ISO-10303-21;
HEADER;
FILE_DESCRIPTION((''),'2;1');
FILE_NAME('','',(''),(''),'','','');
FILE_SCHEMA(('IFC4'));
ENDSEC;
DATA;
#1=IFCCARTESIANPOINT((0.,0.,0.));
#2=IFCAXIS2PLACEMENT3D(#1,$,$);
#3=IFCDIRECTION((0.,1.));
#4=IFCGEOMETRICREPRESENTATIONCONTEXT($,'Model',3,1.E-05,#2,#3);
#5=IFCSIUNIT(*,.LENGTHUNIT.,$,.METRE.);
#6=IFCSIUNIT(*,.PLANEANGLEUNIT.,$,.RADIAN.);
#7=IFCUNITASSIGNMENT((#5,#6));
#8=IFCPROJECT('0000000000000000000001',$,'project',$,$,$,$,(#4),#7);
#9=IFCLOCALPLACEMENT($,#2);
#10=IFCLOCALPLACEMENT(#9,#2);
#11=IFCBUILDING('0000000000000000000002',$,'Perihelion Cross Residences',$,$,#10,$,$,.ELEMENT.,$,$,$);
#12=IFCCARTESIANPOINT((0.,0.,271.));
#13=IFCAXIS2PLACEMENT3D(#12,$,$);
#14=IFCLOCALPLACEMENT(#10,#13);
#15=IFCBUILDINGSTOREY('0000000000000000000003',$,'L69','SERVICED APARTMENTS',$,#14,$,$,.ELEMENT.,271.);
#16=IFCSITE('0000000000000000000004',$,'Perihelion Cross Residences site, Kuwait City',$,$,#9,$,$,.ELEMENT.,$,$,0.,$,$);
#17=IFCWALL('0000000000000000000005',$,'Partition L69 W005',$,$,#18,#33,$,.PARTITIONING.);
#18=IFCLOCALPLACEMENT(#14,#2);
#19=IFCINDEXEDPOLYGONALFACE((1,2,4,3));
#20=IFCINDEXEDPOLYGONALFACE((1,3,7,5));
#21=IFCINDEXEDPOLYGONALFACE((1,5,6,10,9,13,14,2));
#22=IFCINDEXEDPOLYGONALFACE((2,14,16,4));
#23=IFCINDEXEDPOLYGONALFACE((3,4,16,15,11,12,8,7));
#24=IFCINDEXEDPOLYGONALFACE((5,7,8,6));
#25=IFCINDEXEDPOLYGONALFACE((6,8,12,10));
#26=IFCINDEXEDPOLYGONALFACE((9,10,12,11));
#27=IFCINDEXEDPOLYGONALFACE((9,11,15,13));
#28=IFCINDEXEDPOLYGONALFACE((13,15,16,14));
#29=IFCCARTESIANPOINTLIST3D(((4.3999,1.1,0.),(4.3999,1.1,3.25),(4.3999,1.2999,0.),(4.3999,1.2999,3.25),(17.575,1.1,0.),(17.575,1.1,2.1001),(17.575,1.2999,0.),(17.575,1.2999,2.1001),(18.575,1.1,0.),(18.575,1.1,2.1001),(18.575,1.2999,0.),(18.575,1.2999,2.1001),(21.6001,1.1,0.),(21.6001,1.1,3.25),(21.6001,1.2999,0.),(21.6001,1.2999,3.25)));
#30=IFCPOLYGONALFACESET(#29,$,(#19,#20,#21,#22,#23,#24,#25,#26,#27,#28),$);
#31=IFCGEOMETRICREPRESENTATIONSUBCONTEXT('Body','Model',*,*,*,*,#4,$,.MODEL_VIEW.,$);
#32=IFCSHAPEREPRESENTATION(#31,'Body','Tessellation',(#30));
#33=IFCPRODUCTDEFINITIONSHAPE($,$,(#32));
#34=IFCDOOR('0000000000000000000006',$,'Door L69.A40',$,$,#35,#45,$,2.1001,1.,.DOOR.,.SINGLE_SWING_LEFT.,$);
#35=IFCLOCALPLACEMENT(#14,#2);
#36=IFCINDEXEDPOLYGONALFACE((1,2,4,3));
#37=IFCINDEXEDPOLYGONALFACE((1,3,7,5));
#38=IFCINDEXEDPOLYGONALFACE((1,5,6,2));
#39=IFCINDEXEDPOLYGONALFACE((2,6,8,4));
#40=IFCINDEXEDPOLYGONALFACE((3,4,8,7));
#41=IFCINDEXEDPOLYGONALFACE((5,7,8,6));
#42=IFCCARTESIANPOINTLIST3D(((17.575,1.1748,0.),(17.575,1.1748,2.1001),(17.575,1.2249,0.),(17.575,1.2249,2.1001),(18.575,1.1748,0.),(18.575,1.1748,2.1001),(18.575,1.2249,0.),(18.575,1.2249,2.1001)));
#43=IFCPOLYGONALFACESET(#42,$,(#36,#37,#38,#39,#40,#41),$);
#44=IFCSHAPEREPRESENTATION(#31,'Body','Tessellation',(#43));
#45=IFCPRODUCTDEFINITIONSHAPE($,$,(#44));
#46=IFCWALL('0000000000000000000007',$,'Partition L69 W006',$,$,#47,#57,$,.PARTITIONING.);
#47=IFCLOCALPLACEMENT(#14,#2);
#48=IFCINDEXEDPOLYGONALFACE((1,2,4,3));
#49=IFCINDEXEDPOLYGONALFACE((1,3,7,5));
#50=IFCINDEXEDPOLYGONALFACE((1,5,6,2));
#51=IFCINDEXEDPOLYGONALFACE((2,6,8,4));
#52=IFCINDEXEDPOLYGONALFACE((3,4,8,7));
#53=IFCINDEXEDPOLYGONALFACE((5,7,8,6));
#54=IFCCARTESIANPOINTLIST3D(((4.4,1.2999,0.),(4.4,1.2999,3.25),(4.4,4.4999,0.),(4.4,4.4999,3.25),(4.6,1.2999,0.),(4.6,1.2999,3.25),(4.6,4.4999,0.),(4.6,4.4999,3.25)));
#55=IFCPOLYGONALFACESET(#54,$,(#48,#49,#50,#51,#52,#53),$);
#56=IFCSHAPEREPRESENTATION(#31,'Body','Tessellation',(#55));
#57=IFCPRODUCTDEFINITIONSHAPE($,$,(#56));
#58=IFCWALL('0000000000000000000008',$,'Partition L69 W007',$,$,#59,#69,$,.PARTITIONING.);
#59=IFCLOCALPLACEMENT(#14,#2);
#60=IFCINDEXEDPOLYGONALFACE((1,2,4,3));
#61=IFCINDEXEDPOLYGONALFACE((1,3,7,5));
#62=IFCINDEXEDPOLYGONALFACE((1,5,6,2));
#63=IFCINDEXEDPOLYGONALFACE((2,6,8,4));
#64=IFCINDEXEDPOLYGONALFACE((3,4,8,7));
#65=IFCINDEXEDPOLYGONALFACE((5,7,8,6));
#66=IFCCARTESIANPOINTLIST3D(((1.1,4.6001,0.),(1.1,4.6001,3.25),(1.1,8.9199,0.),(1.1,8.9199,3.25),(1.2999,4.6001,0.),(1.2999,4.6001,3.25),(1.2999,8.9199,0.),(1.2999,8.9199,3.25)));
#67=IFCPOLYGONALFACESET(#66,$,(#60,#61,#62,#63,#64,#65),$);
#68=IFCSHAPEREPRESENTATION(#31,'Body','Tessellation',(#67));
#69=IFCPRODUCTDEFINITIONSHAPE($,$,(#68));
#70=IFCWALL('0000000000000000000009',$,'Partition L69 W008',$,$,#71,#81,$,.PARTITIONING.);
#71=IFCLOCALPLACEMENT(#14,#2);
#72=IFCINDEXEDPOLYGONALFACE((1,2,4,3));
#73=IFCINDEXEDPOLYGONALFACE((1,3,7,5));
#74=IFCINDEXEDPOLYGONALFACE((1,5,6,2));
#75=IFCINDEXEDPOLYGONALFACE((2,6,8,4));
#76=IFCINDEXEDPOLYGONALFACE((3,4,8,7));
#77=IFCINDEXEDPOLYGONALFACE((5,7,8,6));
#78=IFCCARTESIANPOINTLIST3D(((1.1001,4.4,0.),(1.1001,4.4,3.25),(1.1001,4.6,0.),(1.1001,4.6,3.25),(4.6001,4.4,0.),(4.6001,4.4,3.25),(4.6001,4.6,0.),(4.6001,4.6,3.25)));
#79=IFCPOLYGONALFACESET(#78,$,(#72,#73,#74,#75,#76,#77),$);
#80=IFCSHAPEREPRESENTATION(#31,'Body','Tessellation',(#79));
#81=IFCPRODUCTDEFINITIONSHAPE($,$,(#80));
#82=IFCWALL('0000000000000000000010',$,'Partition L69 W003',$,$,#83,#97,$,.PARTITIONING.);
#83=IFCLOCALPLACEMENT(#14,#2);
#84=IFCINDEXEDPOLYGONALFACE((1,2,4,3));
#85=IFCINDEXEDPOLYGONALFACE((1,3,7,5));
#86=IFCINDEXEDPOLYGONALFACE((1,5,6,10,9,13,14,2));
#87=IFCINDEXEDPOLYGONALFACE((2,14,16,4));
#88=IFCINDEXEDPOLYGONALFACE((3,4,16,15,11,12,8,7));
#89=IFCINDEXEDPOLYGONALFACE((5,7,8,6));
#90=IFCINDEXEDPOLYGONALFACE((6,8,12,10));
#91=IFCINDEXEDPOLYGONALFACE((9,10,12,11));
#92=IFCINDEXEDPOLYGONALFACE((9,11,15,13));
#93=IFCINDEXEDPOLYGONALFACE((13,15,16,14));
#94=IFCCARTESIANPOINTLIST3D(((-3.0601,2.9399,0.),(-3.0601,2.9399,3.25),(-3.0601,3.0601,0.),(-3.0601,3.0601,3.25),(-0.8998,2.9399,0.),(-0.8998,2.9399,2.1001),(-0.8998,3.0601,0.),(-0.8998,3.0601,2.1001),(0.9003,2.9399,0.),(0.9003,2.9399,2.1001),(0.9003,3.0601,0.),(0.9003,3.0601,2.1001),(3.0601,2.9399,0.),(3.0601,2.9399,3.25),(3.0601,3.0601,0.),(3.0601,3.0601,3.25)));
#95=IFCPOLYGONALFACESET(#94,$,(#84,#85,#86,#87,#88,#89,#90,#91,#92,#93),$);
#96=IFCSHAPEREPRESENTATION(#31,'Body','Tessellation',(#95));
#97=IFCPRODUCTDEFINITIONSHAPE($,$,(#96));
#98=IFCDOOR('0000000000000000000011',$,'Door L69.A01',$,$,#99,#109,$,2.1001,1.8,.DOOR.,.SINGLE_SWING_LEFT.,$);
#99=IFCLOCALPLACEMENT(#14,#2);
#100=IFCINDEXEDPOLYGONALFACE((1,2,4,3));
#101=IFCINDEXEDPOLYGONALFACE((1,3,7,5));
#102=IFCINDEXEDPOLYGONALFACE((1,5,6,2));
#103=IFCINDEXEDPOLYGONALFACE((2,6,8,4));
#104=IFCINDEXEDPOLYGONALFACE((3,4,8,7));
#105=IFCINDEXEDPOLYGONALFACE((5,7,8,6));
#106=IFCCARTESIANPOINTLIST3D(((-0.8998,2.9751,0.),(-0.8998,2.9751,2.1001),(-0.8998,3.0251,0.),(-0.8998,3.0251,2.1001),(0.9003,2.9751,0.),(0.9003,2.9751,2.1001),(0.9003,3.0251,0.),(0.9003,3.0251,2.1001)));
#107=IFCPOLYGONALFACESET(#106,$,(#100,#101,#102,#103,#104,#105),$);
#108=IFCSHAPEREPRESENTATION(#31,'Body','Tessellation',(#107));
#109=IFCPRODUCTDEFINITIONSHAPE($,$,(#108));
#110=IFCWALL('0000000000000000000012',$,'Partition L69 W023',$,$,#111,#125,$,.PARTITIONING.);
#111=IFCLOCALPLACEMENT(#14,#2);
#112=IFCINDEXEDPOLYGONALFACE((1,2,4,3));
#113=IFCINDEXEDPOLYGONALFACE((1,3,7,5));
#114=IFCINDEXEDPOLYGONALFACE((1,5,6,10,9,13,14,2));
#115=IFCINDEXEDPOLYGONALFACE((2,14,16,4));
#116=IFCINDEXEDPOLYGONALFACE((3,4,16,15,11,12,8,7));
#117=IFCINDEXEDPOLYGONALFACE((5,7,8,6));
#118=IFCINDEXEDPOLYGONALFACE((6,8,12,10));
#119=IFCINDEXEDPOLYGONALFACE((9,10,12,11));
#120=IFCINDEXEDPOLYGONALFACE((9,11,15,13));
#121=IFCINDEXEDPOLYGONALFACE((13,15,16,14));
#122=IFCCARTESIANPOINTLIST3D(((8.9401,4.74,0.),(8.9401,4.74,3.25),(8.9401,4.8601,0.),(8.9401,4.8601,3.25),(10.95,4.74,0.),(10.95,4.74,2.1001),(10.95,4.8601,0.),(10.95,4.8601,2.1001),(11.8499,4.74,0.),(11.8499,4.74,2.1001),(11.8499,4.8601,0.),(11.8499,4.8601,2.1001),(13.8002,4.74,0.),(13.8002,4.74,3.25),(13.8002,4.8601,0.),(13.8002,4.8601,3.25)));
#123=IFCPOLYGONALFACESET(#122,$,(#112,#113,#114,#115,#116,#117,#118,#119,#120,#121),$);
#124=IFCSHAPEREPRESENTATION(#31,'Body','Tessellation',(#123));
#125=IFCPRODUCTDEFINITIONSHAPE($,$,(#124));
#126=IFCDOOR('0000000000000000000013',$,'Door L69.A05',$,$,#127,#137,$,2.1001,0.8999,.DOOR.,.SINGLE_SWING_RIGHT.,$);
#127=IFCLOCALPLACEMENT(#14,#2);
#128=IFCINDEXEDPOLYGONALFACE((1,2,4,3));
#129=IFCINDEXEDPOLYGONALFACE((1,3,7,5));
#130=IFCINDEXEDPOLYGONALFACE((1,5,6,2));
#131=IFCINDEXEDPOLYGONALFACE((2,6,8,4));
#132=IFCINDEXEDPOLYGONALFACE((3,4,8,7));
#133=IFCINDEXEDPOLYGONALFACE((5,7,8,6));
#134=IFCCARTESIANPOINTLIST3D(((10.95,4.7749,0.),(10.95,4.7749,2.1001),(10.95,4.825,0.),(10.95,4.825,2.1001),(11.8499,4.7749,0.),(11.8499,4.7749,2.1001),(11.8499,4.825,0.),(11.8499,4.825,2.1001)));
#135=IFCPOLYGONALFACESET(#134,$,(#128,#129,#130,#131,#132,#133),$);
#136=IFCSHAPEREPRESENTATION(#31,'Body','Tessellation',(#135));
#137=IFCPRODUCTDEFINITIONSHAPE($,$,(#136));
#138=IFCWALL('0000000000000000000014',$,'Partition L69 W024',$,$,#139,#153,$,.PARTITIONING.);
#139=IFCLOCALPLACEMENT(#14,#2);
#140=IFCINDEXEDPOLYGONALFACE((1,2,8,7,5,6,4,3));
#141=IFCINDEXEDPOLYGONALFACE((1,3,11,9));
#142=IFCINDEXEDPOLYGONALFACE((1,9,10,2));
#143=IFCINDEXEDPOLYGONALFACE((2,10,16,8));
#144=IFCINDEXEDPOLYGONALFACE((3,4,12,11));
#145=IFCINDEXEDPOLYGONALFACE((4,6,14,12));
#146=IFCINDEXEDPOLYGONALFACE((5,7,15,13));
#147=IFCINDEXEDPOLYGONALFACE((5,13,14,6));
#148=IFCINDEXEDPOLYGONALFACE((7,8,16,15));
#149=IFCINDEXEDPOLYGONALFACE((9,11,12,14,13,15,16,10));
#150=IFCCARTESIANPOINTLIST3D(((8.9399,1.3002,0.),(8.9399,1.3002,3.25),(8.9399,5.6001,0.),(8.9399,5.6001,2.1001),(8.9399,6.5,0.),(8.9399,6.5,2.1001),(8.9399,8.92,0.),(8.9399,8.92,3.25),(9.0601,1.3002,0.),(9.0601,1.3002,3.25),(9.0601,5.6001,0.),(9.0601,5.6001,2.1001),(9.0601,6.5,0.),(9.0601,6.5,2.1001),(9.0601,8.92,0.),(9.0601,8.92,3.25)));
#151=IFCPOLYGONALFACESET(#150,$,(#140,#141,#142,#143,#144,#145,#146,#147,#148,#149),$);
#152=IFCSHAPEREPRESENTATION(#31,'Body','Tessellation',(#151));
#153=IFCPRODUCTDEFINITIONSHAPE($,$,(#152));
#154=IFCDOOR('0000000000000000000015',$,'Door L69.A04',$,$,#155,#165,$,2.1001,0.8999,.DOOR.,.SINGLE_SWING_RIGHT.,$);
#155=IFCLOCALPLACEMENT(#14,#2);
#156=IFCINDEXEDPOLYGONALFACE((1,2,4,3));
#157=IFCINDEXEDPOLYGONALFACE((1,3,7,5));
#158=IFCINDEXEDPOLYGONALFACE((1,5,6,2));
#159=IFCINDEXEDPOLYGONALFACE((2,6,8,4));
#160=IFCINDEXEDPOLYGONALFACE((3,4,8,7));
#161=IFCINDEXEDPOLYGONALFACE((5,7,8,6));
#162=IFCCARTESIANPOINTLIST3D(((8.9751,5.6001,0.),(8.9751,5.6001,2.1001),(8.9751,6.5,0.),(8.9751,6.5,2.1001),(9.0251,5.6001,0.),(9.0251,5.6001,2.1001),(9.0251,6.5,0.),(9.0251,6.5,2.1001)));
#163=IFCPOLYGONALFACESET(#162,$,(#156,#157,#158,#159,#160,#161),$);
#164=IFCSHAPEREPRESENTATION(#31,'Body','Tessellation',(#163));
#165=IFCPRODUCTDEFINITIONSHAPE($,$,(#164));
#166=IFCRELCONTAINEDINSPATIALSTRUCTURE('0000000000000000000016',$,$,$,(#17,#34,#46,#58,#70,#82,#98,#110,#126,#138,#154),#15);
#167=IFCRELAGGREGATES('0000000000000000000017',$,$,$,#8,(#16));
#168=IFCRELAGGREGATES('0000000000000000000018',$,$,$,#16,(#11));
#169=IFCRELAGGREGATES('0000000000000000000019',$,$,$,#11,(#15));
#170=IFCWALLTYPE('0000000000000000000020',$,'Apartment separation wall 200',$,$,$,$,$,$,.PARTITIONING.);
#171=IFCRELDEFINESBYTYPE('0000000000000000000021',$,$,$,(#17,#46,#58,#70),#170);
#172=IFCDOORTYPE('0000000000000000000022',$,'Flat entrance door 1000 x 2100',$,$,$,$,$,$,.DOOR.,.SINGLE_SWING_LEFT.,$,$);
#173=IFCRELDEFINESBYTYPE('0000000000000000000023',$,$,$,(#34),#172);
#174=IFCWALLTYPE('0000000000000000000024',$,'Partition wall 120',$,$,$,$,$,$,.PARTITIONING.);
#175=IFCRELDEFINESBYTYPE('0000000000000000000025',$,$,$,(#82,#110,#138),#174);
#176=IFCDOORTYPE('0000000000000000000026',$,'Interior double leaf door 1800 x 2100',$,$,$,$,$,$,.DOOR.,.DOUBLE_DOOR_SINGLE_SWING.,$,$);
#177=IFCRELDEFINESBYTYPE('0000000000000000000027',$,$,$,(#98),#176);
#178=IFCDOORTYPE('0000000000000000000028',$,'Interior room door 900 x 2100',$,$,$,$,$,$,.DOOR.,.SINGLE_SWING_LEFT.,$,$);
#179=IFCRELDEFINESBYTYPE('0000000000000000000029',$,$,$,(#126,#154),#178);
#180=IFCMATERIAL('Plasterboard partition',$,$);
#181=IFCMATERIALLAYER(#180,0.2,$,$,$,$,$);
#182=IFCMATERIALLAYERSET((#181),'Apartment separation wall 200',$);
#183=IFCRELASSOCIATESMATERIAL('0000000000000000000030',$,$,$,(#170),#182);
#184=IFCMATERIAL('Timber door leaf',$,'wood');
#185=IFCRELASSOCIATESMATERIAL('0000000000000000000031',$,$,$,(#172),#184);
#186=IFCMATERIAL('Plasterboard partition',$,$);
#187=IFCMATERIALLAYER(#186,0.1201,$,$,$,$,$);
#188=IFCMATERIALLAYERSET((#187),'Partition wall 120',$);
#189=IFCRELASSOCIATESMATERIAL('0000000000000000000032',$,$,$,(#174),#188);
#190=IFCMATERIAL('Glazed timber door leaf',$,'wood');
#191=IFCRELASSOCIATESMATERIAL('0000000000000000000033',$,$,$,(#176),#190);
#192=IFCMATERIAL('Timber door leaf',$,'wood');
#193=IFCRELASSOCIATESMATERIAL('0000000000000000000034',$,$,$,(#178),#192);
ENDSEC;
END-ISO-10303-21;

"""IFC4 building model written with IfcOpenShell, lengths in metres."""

from ifc_helpers import new_model, si_unit, direction, frame, frame_2d, origin, place, context, subcontext, project, spatial, rectangle, extrude, material, layer, layer_set, type_object, element, fill, save


model = new_model("IFC4")

# Units and contexts
model_context = context("Model", 3, precision=1e-05, world=origin(), true_north=direction((0.0, 1.0)))
body_context = subcontext(model_context, "Body", "Model", "MODEL_VIEW")
ifc_project = project(units=[si_unit("LENGTHUNIT", "METRE"), si_unit("PLANEANGLEUNIT", "RADIAN")], contexts=[model_context])

# Site, building, storey
site_placement = place(None, origin())
site = spatial("IfcSite", under=ifc_project, at=site_placement, Name="Perihelion Cross Residences site, Kuwait City", CompositionType="ELEMENT", RefElevation=0.0)
building_placement = place(site_placement, origin())
building = spatial("IfcBuilding", under=site, at=building_placement, Name="Perihelion Cross Residences", CompositionType="ELEMENT")
storey_placement = place(building_placement, frame((0.0, 0.0, 271.0)))
storey = spatial("IfcBuildingStorey", under=building, at=storey_placement, Name="L69", Description="SERVICED APARTMENTS", CompositionType="ELEMENT", Elevation=271.0)

# Wall, opening, door
ifc_material_1 = material(Name="Plasterboard partition")
ifc_layer_1 = layer(ifc_material_1, 0.2)
ifc_layer_set_1 = layer_set([ifc_layer_1], Name="Apartment separation wall 200")
wall_type_1 = type_object("IfcWallType", Name="Apartment separation wall 200", PredefinedType="PARTITIONING", material=ifc_layer_set_1)
wall_1_placement = place(storey_placement, frame((4.3999, 1.2, 0.0), z_axis=(0.0, 0.0, 1.0), x_axis=(1.0, 0.0, 0.0)))
wall_1 = element("IfcWall", 1, at=wall_1_placement, inside=storey, type_object=wall_type_1, Name="Partition L69 W005", PredefinedType="PARTITIONING", context=body_context, shape_type="SweptSolid", body=[
    extrude(rectangle(XDim=17.2002, YDim=0.2, at=frame_2d((8.6001, 0.0))), origin(), (0.0, 0.0, 1.0), 3.25),
])
opening_1_placement = place(wall_1_placement, frame((13.175, 0.0, 0.0)))
opening_1 = element("IfcOpeningElement", 2, at=opening_1_placement, cuts=wall_1, PredefinedType="OPENING", context=body_context, shape_type="SweptSolid", body=[
    extrude(rectangle(XDim=1.0, YDim=2.1001, at=frame_2d((0.5, 1.05))), frame((0.0, 0.1099, 0.0), z_axis=(0.0, -1.0, 0.0), x_axis=(1.0, 0.0, 0.0)), (0.0, 0.0, 1.0), 0.22),
])
ifc_material_2 = material(Name="Timber door leaf", Category="wood")
door_type_1 = type_object("IfcDoorType", Name="Flat entrance door 1000 x 2100", OperationType="SINGLE_SWING_LEFT", PredefinedType="DOOR", material=ifc_material_2)
door_1_placement = place(opening_1_placement, origin())
door_1 = element("IfcDoor", 3, at=door_1_placement, inside=storey, type_object=door_type_1, Name="Door L69.A40", OperationType="SINGLE_SWING_LEFT", OverallHeight=2.1001, OverallWidth=1.0, PredefinedType="DOOR", context=body_context, shape_type="SweptSolid", body=[
    extrude(rectangle(XDim=1.0, YDim=2.1001, at=frame_2d((0.5, 1.05))), frame((0.0, 0.0249, 0.0), z_axis=(0.0, -1.0, 0.0), x_axis=(1.0, 0.0, 0.0)), (0.0, 0.0, 1.0), 0.05),
])
fill(opening_1, door_1)

# Walls
wall_2_placement = place(storey_placement, frame((4.5, 4.5, 0.0), z_axis=(0.0, 0.0, 1.0), x_axis=(0.0, -1.0, 0.0)))
element("IfcWall", 4, at=wall_2_placement, inside=storey, type_object=wall_type_1, Name="Partition L69 W006", PredefinedType="PARTITIONING", context=body_context, shape_type="SweptSolid", body=[
    extrude(rectangle(XDim=3.2, YDim=0.2, at=frame_2d((1.6001, 0.0))), origin(), (0.0, 0.0, 1.0), 3.25),
])
wall_3_placement = place(storey_placement, frame((1.2, 8.9199, 0.0), z_axis=(0.0, 0.0, 1.0), x_axis=(0.0, -1.0, 0.0)))
element("IfcWall", 5, at=wall_3_placement, inside=storey, type_object=wall_type_1, Name="Partition L69 W007", PredefinedType="PARTITIONING", context=body_context, shape_type="SweptSolid", body=[
    extrude(rectangle(XDim=4.3198, YDim=0.2, at=frame_2d((2.1599, 0.0))), origin(), (0.0, 0.0, 1.0), 3.25),
])
wall_4_placement = place(storey_placement, frame((1.1001, 4.5, 0.0), z_axis=(0.0, 0.0, 1.0), x_axis=(1.0, 0.0, 0.0)))
element("IfcWall", 6, at=wall_4_placement, inside=storey, type_object=wall_type_1, Name="Partition L69 W008", PredefinedType="PARTITIONING", context=body_context, shape_type="SweptSolid", body=[
    extrude(rectangle(XDim=3.5, YDim=0.2, at=frame_2d((1.75, 0.0))), origin(), (0.0, 0.0, 1.0), 3.25),
])

# Walls, openings, doors
ifc_material_3 = material(Name="Plasterboard partition")
ifc_layer_2 = layer(ifc_material_3, 0.1201)
ifc_layer_set_2 = layer_set([ifc_layer_2], Name="Partition wall 120")
wall_type_2 = type_object("IfcWallType", Name="Partition wall 120", PredefinedType="PARTITIONING", material=ifc_layer_set_2)
wall_5_placement = place(storey_placement, frame((3.0601, 3.0, 0.0), z_axis=(0.0, 0.0, 1.0), x_axis=(-1.0, 0.0, 0.0)))
wall_5 = element("IfcWall", 7, at=wall_5_placement, inside=storey, type_object=wall_type_2, Name="Partition L69 W003", PredefinedType="PARTITIONING", context=body_context, shape_type="SweptSolid", body=[
    extrude(rectangle(XDim=6.1201, YDim=0.1201, at=frame_2d((3.0601, 0.0))), origin(), (0.0, 0.0, 1.0), 3.25),
])
opening_2_placement = place(wall_5_placement, frame((2.1599, 0.0, 0.0)))
opening_2 = element("IfcOpeningElement", 8, at=opening_2_placement, cuts=wall_5, PredefinedType="OPENING", context=body_context, shape_type="SweptSolid", body=[
    extrude(rectangle(XDim=1.8, YDim=2.1001, at=frame_2d((0.8999, 1.05))), frame((0.0, 0.0701, 0.0), z_axis=(0.0, -1.0, 0.0), x_axis=(1.0, 0.0, 0.0)), (0.0, 0.0, 1.0), 0.1401),
])
ifc_material_4 = material(Name="Glazed timber door leaf", Category="wood")
door_type_2 = type_object("IfcDoorType", Name="Interior double leaf door 1800 x 2100", OperationType="DOUBLE_DOOR_SINGLE_SWING", PredefinedType="DOOR", material=ifc_material_4)
door_2_placement = place(opening_2_placement, origin())
door_2 = element("IfcDoor", 9, at=door_2_placement, inside=storey, type_object=door_type_2, Name="Door L69.A01", OperationType="SINGLE_SWING_LEFT", OverallHeight=2.1001, OverallWidth=1.8, PredefinedType="DOOR", context=body_context, shape_type="SweptSolid", body=[
    extrude(rectangle(XDim=1.8, YDim=2.1001, at=frame_2d((0.8999, 1.05))), frame((0.0, 0.0249, 0.0), z_axis=(0.0, -1.0, 0.0), x_axis=(1.0, 0.0, 0.0)), (0.0, 0.0, 1.0), 0.05),
])
fill(opening_2, door_2)
wall_6_placement = place(storey_placement, frame((8.9399, 4.8, 0.0), z_axis=(0.0, 0.0, 1.0), x_axis=(1.0, 0.0, 0.0)))
wall_6 = element("IfcWall", 10, at=wall_6_placement, inside=storey, type_object=wall_type_2, Name="Partition L69 W023", PredefinedType="PARTITIONING", context=body_context, shape_type="SweptSolid", body=[
    extrude(rectangle(XDim=4.8601, YDim=0.1201, at=frame_2d((2.4302, 0.0))), origin(), (0.0, 0.0, 1.0), 3.25),
])
opening_3_placement = place(wall_6_placement, frame((2.01, 0.0, 0.0)))
opening_3 = element("IfcOpeningElement", 11, at=opening_3_placement, cuts=wall_6, PredefinedType="OPENING", context=body_context, shape_type="SweptSolid", body=[
    extrude(rectangle(XDim=0.8999, YDim=2.1001, at=frame_2d((0.45, 1.05))), frame((0.0, 0.0701, 0.0), z_axis=(0.0, -1.0, 0.0), x_axis=(1.0, 0.0, 0.0)), (0.0, 0.0, 1.0), 0.1401),
])
ifc_material_5 = material(Name="Timber door leaf", Category="wood")
door_type_3 = type_object("IfcDoorType", Name="Interior room door 900 x 2100", OperationType="SINGLE_SWING_LEFT", PredefinedType="DOOR", material=ifc_material_5)
door_3_placement = place(opening_3_placement, origin())
door_3 = element("IfcDoor", 12, at=door_3_placement, inside=storey, type_object=door_type_3, Name="Door L69.A05", OperationType="SINGLE_SWING_RIGHT", OverallHeight=2.1001, OverallWidth=0.8999, PredefinedType="DOOR", context=body_context, shape_type="SweptSolid", body=[
    extrude(rectangle(XDim=0.8999, YDim=2.1001, at=frame_2d((0.45, 1.05))), frame((0.0, 0.0249, 0.0), z_axis=(0.0, -1.0, 0.0), x_axis=(1.0, 0.0, 0.0)), (0.0, 0.0, 1.0), 0.05),
])
fill(opening_3, door_3)
wall_7_placement = place(storey_placement, frame((9.0, 1.3, 0.0), z_axis=(0.0, 0.0, 1.0), x_axis=(0.0, 1.0, 0.0)))
wall_7 = element("IfcWall", 13, at=wall_7_placement, inside=storey, type_object=wall_type_2, Name="Partition L69 W024", PredefinedType="PARTITIONING", context=body_context, shape_type="SweptSolid", body=[
    extrude(rectangle(XDim=7.6199, YDim=0.1201, at=frame_2d((3.8101, 0.0))), origin(), (0.0, 0.0, 1.0), 3.25),
])
opening_4_placement = place(wall_7_placement, frame((4.3, 0.0, 0.0)))
opening_4 = element("IfcOpeningElement", 14, at=opening_4_placement, cuts=wall_7, PredefinedType="OPENING", context=body_context, shape_type="SweptSolid", body=[
    extrude(rectangle(XDim=0.8999, YDim=2.1001, at=frame_2d((0.45, 1.05))), frame((0.0, 0.0701, 0.0), z_axis=(0.0, -1.0, 0.0), x_axis=(1.0, 0.0, 0.0)), (0.0, 0.0, 1.0), 0.1401),
])
door_4_placement = place(opening_4_placement, origin())
door_4 = element("IfcDoor", 15, at=door_4_placement, inside=storey, type_object=door_type_3, Name="Door L69.A04", OperationType="SINGLE_SWING_RIGHT", OverallHeight=2.1001, OverallWidth=0.8999, PredefinedType="DOOR", context=body_context, shape_type="SweptSolid", body=[
    extrude(rectangle(XDim=0.8999, YDim=2.1001, at=frame_2d((0.45, 1.05))), frame((0.0, 0.0249, 0.0), z_axis=(0.0, -1.0, 0.0), x_axis=(1.0, 0.0, 0.0)), (0.0, 0.0, 1.0), 0.05),
])
fill(opening_4, door_4)

save(model, "model.ifc")
